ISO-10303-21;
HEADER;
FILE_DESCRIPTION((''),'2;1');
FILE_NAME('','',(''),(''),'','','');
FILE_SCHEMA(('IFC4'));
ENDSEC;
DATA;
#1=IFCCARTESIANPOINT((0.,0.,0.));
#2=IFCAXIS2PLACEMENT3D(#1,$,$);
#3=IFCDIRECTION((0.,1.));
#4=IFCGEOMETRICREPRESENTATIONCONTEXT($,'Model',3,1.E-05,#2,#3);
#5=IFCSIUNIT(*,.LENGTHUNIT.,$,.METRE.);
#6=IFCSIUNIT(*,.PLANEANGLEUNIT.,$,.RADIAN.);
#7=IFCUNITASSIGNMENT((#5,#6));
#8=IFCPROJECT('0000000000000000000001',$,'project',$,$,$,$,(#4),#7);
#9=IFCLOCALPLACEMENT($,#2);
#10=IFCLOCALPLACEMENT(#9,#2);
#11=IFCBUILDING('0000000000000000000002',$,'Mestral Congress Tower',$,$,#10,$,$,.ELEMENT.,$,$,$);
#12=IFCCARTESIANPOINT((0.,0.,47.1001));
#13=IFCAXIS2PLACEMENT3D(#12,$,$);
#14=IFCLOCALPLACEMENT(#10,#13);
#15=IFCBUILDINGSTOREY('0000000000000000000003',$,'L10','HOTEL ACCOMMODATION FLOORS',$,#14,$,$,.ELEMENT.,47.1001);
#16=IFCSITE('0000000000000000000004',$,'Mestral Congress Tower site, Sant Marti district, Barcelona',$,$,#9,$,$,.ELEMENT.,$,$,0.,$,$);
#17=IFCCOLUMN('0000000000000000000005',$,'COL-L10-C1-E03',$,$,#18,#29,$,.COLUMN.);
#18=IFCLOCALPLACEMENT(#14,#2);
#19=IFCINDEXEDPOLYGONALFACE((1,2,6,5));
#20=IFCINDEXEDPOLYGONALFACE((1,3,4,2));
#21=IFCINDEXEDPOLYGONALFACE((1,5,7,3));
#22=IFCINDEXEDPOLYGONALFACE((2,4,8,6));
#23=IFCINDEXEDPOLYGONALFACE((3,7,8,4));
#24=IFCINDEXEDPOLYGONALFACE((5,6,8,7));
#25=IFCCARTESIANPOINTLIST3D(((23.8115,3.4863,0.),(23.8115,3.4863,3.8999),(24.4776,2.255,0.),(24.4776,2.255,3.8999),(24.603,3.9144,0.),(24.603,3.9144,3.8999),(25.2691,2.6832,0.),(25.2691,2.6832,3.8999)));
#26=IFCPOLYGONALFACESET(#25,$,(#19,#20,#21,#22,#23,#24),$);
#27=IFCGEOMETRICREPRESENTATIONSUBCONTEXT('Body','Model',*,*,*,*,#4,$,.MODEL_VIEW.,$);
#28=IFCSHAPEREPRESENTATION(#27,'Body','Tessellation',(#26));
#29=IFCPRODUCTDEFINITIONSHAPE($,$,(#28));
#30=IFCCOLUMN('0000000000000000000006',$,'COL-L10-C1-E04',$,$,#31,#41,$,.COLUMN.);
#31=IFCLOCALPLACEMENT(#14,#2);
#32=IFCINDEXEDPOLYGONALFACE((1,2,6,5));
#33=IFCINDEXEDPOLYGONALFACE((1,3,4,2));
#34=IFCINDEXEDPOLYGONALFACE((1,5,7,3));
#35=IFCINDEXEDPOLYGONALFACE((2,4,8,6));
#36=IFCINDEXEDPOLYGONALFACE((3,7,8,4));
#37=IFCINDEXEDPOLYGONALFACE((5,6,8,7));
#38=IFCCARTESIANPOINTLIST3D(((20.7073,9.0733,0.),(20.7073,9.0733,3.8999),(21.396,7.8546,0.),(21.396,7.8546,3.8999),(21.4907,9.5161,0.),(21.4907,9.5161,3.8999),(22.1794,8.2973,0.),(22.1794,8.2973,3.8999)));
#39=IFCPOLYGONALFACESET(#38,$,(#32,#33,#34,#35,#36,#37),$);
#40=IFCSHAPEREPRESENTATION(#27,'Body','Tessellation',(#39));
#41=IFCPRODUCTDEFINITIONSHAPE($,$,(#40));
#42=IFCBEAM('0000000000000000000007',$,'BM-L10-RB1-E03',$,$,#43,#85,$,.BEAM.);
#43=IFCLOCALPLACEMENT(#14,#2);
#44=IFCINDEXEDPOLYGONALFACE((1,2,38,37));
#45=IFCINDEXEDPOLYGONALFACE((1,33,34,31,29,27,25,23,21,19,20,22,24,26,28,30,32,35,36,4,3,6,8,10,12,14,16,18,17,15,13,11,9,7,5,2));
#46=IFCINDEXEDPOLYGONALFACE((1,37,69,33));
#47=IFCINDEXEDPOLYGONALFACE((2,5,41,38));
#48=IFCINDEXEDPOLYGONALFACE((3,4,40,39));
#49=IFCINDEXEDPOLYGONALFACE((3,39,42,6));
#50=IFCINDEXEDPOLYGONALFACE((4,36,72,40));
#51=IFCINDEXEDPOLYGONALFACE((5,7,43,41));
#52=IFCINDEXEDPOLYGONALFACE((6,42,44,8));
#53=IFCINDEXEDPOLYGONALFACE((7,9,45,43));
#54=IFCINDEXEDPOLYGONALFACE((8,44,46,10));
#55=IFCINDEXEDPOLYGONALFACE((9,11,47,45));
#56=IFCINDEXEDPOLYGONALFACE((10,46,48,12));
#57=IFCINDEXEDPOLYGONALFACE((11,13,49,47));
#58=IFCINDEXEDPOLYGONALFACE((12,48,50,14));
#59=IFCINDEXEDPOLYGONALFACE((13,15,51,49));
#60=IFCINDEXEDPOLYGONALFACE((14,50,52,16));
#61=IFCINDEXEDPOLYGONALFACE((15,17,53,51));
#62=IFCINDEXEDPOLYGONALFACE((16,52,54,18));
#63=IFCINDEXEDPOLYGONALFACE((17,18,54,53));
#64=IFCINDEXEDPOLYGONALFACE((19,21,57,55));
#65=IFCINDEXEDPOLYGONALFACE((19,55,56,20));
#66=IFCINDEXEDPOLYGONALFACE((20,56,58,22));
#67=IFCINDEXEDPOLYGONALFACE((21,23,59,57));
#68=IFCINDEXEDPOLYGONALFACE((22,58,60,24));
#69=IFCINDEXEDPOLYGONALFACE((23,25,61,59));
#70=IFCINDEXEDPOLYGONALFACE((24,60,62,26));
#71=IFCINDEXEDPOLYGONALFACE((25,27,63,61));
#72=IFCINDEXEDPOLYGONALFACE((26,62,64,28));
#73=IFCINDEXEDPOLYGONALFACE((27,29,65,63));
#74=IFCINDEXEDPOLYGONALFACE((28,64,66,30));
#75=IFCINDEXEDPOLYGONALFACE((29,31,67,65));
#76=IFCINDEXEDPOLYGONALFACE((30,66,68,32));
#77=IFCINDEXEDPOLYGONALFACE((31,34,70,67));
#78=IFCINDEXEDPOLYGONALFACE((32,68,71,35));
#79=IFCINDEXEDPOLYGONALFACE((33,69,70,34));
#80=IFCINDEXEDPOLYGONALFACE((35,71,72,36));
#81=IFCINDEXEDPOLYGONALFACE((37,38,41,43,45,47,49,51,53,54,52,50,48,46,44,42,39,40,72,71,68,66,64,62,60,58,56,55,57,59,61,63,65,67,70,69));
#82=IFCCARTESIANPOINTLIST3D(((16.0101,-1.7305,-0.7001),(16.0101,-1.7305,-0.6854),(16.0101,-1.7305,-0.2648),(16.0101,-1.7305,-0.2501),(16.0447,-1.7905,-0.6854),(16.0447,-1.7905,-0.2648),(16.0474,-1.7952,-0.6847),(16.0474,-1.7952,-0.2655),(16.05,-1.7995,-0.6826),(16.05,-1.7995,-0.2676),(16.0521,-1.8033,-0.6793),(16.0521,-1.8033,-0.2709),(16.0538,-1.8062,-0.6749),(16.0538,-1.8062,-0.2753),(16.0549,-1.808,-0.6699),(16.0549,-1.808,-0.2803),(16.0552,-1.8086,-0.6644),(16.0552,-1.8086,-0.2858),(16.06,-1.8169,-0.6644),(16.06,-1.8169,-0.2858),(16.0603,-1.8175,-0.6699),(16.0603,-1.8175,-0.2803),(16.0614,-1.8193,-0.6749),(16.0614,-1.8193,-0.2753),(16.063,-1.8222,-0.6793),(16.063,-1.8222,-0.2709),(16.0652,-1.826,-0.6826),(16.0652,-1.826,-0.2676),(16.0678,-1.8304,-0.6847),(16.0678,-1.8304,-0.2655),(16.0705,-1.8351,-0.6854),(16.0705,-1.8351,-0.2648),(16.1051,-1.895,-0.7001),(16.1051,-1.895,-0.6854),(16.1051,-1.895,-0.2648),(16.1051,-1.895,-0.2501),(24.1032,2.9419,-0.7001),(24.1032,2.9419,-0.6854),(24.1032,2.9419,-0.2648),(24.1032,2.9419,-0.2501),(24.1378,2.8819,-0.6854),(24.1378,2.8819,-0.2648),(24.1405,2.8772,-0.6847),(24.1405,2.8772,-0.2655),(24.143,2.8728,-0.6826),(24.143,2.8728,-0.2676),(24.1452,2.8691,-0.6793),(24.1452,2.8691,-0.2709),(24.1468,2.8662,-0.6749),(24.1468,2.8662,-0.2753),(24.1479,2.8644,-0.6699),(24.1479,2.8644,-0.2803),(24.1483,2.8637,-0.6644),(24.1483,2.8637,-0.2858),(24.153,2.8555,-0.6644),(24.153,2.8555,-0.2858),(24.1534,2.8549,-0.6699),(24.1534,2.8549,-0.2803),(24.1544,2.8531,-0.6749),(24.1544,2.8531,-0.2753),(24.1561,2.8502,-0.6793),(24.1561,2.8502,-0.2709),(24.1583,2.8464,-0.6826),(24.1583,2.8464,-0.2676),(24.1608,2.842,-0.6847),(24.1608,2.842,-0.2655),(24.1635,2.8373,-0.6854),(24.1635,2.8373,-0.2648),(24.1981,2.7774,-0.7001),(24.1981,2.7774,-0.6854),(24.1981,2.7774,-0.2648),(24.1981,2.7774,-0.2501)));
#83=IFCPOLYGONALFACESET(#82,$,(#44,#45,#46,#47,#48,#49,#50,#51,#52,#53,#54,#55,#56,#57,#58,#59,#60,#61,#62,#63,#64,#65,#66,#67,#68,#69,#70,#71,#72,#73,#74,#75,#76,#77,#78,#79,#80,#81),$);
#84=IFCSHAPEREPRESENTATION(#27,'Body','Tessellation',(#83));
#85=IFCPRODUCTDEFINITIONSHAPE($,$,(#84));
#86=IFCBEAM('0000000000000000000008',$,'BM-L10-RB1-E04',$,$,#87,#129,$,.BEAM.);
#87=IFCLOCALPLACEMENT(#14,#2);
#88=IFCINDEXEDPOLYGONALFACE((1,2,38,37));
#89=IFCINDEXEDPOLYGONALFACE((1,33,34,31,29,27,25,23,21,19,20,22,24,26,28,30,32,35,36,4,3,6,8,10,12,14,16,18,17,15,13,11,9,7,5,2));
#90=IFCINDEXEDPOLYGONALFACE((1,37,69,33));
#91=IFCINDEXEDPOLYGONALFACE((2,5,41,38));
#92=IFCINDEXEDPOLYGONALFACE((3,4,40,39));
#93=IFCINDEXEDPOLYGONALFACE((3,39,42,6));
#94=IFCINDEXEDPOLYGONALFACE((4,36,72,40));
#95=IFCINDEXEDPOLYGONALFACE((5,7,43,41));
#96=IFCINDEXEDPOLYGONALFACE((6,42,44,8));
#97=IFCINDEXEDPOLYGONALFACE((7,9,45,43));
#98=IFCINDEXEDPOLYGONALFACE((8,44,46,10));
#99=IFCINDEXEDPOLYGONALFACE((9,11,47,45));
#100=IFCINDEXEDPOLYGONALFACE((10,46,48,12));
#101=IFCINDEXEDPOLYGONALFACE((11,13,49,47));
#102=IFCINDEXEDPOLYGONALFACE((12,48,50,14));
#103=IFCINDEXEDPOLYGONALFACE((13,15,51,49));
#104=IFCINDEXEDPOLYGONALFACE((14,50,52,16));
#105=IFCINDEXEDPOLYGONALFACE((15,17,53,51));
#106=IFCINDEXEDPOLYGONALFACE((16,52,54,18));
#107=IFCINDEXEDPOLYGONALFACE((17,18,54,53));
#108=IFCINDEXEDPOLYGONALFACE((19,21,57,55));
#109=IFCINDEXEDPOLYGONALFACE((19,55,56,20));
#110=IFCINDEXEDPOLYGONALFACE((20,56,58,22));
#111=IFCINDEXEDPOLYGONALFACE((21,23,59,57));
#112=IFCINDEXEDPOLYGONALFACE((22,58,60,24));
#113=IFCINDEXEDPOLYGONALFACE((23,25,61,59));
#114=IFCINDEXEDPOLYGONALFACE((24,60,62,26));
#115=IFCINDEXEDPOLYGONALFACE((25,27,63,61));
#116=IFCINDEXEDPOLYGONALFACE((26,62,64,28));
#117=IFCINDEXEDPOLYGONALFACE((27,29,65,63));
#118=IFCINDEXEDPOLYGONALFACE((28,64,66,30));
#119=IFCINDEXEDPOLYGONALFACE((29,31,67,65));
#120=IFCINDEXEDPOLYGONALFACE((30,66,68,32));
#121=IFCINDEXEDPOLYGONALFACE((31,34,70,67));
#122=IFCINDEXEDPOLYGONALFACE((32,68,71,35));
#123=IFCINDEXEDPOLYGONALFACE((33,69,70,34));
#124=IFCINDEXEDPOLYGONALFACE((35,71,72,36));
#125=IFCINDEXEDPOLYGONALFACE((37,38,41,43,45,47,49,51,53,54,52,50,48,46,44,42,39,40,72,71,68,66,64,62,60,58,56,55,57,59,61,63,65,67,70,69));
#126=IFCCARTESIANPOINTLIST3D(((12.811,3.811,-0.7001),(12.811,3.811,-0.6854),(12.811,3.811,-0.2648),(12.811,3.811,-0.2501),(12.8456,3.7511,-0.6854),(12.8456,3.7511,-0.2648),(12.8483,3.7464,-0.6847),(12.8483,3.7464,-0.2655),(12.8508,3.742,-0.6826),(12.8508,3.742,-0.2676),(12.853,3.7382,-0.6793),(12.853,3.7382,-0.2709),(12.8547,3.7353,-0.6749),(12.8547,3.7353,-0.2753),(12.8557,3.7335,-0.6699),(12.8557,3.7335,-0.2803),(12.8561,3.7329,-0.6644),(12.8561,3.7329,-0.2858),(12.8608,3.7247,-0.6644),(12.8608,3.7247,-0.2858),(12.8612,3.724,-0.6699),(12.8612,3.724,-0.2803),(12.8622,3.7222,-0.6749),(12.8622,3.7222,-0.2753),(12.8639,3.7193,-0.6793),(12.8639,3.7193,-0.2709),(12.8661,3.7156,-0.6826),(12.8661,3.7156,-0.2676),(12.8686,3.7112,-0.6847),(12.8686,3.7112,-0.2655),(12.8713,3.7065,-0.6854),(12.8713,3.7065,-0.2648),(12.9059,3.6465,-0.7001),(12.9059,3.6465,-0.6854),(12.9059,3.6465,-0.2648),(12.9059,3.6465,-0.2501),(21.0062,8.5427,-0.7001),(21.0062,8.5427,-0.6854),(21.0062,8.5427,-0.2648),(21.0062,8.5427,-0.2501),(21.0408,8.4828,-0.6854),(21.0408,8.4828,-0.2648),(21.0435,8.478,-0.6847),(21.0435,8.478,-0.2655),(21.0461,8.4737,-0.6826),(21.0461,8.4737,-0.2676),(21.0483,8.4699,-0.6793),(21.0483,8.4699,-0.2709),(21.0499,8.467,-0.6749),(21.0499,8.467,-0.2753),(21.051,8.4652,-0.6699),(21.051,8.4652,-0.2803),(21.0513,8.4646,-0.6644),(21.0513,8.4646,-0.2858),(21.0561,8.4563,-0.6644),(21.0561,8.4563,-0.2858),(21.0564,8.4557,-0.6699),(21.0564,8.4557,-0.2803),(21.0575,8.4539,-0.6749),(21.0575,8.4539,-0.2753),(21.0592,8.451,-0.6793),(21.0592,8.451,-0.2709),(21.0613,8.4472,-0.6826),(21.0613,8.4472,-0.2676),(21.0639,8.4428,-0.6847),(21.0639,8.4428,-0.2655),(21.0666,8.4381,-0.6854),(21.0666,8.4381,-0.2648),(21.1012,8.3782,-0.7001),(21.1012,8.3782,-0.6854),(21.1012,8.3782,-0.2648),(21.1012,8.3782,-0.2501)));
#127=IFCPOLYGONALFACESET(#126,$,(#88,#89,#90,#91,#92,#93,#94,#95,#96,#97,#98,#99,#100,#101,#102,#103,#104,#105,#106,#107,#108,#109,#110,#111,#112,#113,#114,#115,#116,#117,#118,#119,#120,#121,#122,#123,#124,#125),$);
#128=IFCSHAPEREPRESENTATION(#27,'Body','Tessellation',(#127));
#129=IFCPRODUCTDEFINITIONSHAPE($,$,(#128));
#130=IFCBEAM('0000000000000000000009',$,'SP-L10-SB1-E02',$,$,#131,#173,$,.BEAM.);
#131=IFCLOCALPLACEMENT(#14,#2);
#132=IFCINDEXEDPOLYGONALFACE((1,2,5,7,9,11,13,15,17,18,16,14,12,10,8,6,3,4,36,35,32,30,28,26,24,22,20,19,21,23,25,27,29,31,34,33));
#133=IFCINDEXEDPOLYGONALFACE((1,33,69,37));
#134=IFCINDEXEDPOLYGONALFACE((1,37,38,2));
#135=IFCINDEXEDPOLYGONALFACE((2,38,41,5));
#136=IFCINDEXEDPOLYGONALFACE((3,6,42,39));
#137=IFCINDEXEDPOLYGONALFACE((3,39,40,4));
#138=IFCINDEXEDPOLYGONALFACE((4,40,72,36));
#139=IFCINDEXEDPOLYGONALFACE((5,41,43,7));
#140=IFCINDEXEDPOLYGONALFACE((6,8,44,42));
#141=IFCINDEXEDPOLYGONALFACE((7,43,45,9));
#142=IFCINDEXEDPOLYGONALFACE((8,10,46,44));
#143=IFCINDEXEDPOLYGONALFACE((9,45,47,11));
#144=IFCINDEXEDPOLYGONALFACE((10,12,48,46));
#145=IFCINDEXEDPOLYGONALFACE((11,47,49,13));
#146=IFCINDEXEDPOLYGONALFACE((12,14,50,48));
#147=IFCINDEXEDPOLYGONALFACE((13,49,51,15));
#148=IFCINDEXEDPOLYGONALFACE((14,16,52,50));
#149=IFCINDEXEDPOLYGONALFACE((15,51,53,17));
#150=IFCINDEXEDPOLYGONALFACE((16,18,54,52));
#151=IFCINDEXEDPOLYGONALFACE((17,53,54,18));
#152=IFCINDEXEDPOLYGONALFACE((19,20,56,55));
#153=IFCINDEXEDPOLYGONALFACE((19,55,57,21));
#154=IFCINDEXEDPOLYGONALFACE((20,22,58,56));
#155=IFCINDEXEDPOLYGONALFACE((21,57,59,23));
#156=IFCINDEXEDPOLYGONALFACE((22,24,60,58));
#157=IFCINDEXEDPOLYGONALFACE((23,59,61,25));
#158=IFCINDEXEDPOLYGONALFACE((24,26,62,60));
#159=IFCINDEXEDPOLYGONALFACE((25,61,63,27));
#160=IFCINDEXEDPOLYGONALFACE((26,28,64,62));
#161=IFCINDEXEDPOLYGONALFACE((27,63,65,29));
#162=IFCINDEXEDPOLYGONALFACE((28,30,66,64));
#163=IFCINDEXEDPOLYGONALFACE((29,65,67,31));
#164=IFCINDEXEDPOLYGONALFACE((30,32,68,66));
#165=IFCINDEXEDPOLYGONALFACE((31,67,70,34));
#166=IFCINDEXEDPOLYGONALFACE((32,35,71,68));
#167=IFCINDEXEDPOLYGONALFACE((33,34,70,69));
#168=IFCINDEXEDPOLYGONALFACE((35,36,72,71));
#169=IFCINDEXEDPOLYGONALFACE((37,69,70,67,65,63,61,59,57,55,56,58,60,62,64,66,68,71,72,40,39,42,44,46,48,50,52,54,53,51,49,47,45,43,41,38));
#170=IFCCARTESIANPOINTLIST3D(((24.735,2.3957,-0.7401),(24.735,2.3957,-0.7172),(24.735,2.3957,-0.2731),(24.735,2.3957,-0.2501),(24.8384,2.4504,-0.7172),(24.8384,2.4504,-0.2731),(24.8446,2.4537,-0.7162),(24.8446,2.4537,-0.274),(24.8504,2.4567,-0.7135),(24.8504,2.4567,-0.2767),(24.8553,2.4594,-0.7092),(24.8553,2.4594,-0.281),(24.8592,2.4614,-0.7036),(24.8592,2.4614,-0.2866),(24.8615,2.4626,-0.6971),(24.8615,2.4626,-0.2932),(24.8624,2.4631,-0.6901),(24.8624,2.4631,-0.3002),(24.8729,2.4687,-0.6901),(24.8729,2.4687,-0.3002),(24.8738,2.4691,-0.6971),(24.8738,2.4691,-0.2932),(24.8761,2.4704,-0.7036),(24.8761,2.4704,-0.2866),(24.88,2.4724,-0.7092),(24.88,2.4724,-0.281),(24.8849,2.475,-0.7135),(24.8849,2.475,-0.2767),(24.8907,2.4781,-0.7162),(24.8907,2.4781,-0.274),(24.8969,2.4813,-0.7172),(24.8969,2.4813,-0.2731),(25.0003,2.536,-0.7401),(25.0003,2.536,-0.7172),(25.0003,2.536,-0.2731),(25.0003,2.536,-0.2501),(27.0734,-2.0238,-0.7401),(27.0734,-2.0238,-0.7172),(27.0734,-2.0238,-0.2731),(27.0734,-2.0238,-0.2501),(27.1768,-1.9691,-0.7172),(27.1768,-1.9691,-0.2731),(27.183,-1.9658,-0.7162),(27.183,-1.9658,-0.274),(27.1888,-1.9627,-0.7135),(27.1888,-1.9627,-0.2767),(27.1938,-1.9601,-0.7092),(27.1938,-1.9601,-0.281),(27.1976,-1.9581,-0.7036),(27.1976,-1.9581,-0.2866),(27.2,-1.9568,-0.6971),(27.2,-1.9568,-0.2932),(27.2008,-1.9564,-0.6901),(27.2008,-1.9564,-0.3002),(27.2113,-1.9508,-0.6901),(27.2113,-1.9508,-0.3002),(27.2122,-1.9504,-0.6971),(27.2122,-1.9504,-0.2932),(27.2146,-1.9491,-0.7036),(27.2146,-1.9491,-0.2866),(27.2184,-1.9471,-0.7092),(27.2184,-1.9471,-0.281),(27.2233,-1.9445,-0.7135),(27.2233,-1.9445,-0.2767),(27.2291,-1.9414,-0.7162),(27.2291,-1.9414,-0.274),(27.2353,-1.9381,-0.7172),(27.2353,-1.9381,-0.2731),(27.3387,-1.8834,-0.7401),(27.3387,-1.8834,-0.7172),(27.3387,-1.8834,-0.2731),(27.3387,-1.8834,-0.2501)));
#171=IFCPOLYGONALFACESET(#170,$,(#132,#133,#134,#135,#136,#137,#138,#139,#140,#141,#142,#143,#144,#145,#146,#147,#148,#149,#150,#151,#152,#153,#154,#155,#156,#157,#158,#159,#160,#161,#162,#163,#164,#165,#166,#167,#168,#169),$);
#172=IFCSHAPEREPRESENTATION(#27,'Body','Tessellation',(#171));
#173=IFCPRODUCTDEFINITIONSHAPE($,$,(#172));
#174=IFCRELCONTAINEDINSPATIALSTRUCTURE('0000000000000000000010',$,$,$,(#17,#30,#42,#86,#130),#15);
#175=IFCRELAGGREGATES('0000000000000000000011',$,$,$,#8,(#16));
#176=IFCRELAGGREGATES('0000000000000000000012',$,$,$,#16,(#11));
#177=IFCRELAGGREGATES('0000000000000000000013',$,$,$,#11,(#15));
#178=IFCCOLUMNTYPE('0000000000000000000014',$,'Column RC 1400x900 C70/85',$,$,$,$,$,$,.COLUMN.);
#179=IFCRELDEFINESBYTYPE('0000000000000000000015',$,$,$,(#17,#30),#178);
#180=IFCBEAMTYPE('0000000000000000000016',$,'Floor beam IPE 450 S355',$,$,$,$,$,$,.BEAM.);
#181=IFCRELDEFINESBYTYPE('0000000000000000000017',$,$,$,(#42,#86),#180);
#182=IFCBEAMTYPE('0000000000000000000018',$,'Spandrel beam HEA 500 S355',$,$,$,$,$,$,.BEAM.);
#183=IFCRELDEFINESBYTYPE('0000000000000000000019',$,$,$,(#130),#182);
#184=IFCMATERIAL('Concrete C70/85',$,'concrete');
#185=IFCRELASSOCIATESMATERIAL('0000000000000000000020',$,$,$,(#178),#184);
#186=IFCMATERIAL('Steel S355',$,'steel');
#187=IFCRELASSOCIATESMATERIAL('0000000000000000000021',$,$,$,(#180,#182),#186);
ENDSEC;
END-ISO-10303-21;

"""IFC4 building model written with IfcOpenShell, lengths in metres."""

from ifc_helpers import new_model, si_unit, direction, frame, origin, origin_2d, place, context, subcontext, project, spatial, rectangle, i_section, extrude, material, material_profile, profile_set, type_object, element, save


model = new_model("IFC4")

# Units and contexts
model_context = context("Model", 3, precision=1e-05, world=origin(), true_north=direction((0.0, 1.0)))
body_context = subcontext(model_context, "Body", "Model", "MODEL_VIEW")
ifc_project = project(units=[si_unit("LENGTHUNIT", "METRE"), si_unit("PLANEANGLEUNIT", "RADIAN")], contexts=[model_context])

# Site, building, storey
site_placement = place(None, origin())
site = spatial("IfcSite", under=ifc_project, at=site_placement, Name="Mestral Congress Tower site, Sant Marti district, Barcelona", CompositionType="ELEMENT", RefElevation=0.0)
building_placement = place(site_placement, origin())
building = spatial("IfcBuilding", under=site, at=building_placement, Name="Mestral Congress Tower", CompositionType="ELEMENT")
storey_placement = place(building_placement, frame((0.0, 0.0, 47.1001)))
storey = spatial("IfcBuildingStorey", under=building, at=storey_placement, Name="L10", Description="HOTEL ACCOMMODATION FLOORS", CompositionType="ELEMENT", Elevation=47.1001)

# Columns
ifc_material_1 = material(Name="Concrete C70/85", Category="concrete")
ifc_material_profile_1 = material_profile(ifc_material_1, rectangle(XDim=1.3999, YDim=0.8999, at=origin_2d()), Name="RC 1400x900")
ifc_profile_set_1 = profile_set([ifc_material_profile_1], Name="Concrete C70/85")
column_type = type_object("IfcColumnType", Name="Column RC 1400x900 C70/85", PredefinedType="COLUMN", material=ifc_profile_set_1)
for number, where, z_axis, x_axis, name in (
    (1, (24.5403, 3.0847, 0.0), (0.0, 0.0, 1.0), (-0.475796, 0.879556, 0.0), "COL-L10-C1-E03"),
    (2, (21.4434, 8.6853, 0.0), (0.0, 0.0, 1.0), (-0.491974, 0.87061, 0.0), "COL-L10-C1-E04"),
):
    element("IfcColumn", number, at=place(storey_placement, frame(where, z_axis=z_axis, x_axis=x_axis)), inside=storey, type_object=column_type, Name=name, PredefinedType="COLUMN", context=body_context, shape_type="SweptSolid", body=[
        extrude(rectangle(XDim=1.3999, YDim=0.8999, at=origin_2d()), origin(), (0.0, 0.0, 1.0), 3.8999),
    ])

# Beams
ifc_material_2 = material(Name="Steel S355", Category="steel")
ifc_material_profile_2 = material_profile(ifc_material_2, i_section(OverallWidth=0.1899, OverallDepth=0.45, WebThickness=0.0095, FlangeThickness=0.0146, FilletRadius=0.021, at=origin_2d()), Name="IPE 450")
ifc_profile_set_2 = profile_set([ifc_material_profile_2], Name="Steel S355")
beam_type_1 = type_object("IfcBeamType", Name="Floor beam IPE 450 S355", PredefinedType="BEAM", material=ifc_profile_set_2)
beam_1_placement = place(storey_placement, frame((24.1506, 2.8596, -0.4751), z_axis=(-0.866032, -0.499989, 0.0), x_axis=(0.499989, -0.866032, 0.0)))
element("IfcBeam", 3, at=beam_1_placement, inside=storey, type_object=beam_type_1, Name="BM-L10-RB1-E03", PredefinedType="BEAM", context=body_context, shape_type="SweptSolid", body=[
    extrude(i_section(OverallWidth=0.1899, OverallDepth=0.45, WebThickness=0.0095, FlangeThickness=0.0146, FilletRadius=0.021, at=origin_2d()), origin(), (0.0, 0.0, 1.0), 9.345),
])
beam_2_placement = place(storey_placement, frame((21.0537, 8.4604, -0.4751), z_axis=(-0.86602, -0.50001, 0.0), x_axis=(0.50001, -0.86602, 0.0)))
element("IfcBeam", 4, at=beam_2_placement, inside=storey, type_object=beam_type_1, Name="BM-L10-RB1-E04", PredefinedType="BEAM", context=body_context, shape_type="SweptSolid", body=[
    extrude(i_section(OverallWidth=0.1899, OverallDepth=0.45, WebThickness=0.0095, FlangeThickness=0.0146, FilletRadius=0.021, at=origin_2d()), origin(), (0.0, 0.0, 1.0), 9.4631),
])
ifc_material_profile_3 = material_profile(ifc_material_2, i_section(OverallWidth=0.3, OverallDepth=0.49, WebThickness=0.012, FlangeThickness=0.0229, FilletRadius=0.0271, at=origin_2d()), Name="HEA 500")
ifc_profile_set_3 = profile_set([ifc_material_profile_3], Name="Steel S355")
beam_type_2 = type_object("IfcBeamType", Name="Spandrel beam HEA 500 S355", PredefinedType="BEAM", material=ifc_profile_set_3)
beam_3_placement = place(storey_placement, frame((27.2061, -1.9536, -0.4951), z_axis=(-0.467681, 0.883897, 0.0), x_axis=(-0.883897, -0.467681, 0.0)))
element("IfcBeam", 5, at=beam_3_placement, inside=storey, type_object=beam_type_2, Name="SP-L10-SB1-E02", PredefinedType="BEAM", context=body_context, shape_type="SweptSolid", body=[
    extrude(i_section(OverallWidth=0.3, OverallDepth=0.49, WebThickness=0.012, FlangeThickness=0.0229, FilletRadius=0.0271, at=origin_2d()), origin(), (0.0, 0.0, 1.0), 5.0),
])

save(model, "model.ifc")
